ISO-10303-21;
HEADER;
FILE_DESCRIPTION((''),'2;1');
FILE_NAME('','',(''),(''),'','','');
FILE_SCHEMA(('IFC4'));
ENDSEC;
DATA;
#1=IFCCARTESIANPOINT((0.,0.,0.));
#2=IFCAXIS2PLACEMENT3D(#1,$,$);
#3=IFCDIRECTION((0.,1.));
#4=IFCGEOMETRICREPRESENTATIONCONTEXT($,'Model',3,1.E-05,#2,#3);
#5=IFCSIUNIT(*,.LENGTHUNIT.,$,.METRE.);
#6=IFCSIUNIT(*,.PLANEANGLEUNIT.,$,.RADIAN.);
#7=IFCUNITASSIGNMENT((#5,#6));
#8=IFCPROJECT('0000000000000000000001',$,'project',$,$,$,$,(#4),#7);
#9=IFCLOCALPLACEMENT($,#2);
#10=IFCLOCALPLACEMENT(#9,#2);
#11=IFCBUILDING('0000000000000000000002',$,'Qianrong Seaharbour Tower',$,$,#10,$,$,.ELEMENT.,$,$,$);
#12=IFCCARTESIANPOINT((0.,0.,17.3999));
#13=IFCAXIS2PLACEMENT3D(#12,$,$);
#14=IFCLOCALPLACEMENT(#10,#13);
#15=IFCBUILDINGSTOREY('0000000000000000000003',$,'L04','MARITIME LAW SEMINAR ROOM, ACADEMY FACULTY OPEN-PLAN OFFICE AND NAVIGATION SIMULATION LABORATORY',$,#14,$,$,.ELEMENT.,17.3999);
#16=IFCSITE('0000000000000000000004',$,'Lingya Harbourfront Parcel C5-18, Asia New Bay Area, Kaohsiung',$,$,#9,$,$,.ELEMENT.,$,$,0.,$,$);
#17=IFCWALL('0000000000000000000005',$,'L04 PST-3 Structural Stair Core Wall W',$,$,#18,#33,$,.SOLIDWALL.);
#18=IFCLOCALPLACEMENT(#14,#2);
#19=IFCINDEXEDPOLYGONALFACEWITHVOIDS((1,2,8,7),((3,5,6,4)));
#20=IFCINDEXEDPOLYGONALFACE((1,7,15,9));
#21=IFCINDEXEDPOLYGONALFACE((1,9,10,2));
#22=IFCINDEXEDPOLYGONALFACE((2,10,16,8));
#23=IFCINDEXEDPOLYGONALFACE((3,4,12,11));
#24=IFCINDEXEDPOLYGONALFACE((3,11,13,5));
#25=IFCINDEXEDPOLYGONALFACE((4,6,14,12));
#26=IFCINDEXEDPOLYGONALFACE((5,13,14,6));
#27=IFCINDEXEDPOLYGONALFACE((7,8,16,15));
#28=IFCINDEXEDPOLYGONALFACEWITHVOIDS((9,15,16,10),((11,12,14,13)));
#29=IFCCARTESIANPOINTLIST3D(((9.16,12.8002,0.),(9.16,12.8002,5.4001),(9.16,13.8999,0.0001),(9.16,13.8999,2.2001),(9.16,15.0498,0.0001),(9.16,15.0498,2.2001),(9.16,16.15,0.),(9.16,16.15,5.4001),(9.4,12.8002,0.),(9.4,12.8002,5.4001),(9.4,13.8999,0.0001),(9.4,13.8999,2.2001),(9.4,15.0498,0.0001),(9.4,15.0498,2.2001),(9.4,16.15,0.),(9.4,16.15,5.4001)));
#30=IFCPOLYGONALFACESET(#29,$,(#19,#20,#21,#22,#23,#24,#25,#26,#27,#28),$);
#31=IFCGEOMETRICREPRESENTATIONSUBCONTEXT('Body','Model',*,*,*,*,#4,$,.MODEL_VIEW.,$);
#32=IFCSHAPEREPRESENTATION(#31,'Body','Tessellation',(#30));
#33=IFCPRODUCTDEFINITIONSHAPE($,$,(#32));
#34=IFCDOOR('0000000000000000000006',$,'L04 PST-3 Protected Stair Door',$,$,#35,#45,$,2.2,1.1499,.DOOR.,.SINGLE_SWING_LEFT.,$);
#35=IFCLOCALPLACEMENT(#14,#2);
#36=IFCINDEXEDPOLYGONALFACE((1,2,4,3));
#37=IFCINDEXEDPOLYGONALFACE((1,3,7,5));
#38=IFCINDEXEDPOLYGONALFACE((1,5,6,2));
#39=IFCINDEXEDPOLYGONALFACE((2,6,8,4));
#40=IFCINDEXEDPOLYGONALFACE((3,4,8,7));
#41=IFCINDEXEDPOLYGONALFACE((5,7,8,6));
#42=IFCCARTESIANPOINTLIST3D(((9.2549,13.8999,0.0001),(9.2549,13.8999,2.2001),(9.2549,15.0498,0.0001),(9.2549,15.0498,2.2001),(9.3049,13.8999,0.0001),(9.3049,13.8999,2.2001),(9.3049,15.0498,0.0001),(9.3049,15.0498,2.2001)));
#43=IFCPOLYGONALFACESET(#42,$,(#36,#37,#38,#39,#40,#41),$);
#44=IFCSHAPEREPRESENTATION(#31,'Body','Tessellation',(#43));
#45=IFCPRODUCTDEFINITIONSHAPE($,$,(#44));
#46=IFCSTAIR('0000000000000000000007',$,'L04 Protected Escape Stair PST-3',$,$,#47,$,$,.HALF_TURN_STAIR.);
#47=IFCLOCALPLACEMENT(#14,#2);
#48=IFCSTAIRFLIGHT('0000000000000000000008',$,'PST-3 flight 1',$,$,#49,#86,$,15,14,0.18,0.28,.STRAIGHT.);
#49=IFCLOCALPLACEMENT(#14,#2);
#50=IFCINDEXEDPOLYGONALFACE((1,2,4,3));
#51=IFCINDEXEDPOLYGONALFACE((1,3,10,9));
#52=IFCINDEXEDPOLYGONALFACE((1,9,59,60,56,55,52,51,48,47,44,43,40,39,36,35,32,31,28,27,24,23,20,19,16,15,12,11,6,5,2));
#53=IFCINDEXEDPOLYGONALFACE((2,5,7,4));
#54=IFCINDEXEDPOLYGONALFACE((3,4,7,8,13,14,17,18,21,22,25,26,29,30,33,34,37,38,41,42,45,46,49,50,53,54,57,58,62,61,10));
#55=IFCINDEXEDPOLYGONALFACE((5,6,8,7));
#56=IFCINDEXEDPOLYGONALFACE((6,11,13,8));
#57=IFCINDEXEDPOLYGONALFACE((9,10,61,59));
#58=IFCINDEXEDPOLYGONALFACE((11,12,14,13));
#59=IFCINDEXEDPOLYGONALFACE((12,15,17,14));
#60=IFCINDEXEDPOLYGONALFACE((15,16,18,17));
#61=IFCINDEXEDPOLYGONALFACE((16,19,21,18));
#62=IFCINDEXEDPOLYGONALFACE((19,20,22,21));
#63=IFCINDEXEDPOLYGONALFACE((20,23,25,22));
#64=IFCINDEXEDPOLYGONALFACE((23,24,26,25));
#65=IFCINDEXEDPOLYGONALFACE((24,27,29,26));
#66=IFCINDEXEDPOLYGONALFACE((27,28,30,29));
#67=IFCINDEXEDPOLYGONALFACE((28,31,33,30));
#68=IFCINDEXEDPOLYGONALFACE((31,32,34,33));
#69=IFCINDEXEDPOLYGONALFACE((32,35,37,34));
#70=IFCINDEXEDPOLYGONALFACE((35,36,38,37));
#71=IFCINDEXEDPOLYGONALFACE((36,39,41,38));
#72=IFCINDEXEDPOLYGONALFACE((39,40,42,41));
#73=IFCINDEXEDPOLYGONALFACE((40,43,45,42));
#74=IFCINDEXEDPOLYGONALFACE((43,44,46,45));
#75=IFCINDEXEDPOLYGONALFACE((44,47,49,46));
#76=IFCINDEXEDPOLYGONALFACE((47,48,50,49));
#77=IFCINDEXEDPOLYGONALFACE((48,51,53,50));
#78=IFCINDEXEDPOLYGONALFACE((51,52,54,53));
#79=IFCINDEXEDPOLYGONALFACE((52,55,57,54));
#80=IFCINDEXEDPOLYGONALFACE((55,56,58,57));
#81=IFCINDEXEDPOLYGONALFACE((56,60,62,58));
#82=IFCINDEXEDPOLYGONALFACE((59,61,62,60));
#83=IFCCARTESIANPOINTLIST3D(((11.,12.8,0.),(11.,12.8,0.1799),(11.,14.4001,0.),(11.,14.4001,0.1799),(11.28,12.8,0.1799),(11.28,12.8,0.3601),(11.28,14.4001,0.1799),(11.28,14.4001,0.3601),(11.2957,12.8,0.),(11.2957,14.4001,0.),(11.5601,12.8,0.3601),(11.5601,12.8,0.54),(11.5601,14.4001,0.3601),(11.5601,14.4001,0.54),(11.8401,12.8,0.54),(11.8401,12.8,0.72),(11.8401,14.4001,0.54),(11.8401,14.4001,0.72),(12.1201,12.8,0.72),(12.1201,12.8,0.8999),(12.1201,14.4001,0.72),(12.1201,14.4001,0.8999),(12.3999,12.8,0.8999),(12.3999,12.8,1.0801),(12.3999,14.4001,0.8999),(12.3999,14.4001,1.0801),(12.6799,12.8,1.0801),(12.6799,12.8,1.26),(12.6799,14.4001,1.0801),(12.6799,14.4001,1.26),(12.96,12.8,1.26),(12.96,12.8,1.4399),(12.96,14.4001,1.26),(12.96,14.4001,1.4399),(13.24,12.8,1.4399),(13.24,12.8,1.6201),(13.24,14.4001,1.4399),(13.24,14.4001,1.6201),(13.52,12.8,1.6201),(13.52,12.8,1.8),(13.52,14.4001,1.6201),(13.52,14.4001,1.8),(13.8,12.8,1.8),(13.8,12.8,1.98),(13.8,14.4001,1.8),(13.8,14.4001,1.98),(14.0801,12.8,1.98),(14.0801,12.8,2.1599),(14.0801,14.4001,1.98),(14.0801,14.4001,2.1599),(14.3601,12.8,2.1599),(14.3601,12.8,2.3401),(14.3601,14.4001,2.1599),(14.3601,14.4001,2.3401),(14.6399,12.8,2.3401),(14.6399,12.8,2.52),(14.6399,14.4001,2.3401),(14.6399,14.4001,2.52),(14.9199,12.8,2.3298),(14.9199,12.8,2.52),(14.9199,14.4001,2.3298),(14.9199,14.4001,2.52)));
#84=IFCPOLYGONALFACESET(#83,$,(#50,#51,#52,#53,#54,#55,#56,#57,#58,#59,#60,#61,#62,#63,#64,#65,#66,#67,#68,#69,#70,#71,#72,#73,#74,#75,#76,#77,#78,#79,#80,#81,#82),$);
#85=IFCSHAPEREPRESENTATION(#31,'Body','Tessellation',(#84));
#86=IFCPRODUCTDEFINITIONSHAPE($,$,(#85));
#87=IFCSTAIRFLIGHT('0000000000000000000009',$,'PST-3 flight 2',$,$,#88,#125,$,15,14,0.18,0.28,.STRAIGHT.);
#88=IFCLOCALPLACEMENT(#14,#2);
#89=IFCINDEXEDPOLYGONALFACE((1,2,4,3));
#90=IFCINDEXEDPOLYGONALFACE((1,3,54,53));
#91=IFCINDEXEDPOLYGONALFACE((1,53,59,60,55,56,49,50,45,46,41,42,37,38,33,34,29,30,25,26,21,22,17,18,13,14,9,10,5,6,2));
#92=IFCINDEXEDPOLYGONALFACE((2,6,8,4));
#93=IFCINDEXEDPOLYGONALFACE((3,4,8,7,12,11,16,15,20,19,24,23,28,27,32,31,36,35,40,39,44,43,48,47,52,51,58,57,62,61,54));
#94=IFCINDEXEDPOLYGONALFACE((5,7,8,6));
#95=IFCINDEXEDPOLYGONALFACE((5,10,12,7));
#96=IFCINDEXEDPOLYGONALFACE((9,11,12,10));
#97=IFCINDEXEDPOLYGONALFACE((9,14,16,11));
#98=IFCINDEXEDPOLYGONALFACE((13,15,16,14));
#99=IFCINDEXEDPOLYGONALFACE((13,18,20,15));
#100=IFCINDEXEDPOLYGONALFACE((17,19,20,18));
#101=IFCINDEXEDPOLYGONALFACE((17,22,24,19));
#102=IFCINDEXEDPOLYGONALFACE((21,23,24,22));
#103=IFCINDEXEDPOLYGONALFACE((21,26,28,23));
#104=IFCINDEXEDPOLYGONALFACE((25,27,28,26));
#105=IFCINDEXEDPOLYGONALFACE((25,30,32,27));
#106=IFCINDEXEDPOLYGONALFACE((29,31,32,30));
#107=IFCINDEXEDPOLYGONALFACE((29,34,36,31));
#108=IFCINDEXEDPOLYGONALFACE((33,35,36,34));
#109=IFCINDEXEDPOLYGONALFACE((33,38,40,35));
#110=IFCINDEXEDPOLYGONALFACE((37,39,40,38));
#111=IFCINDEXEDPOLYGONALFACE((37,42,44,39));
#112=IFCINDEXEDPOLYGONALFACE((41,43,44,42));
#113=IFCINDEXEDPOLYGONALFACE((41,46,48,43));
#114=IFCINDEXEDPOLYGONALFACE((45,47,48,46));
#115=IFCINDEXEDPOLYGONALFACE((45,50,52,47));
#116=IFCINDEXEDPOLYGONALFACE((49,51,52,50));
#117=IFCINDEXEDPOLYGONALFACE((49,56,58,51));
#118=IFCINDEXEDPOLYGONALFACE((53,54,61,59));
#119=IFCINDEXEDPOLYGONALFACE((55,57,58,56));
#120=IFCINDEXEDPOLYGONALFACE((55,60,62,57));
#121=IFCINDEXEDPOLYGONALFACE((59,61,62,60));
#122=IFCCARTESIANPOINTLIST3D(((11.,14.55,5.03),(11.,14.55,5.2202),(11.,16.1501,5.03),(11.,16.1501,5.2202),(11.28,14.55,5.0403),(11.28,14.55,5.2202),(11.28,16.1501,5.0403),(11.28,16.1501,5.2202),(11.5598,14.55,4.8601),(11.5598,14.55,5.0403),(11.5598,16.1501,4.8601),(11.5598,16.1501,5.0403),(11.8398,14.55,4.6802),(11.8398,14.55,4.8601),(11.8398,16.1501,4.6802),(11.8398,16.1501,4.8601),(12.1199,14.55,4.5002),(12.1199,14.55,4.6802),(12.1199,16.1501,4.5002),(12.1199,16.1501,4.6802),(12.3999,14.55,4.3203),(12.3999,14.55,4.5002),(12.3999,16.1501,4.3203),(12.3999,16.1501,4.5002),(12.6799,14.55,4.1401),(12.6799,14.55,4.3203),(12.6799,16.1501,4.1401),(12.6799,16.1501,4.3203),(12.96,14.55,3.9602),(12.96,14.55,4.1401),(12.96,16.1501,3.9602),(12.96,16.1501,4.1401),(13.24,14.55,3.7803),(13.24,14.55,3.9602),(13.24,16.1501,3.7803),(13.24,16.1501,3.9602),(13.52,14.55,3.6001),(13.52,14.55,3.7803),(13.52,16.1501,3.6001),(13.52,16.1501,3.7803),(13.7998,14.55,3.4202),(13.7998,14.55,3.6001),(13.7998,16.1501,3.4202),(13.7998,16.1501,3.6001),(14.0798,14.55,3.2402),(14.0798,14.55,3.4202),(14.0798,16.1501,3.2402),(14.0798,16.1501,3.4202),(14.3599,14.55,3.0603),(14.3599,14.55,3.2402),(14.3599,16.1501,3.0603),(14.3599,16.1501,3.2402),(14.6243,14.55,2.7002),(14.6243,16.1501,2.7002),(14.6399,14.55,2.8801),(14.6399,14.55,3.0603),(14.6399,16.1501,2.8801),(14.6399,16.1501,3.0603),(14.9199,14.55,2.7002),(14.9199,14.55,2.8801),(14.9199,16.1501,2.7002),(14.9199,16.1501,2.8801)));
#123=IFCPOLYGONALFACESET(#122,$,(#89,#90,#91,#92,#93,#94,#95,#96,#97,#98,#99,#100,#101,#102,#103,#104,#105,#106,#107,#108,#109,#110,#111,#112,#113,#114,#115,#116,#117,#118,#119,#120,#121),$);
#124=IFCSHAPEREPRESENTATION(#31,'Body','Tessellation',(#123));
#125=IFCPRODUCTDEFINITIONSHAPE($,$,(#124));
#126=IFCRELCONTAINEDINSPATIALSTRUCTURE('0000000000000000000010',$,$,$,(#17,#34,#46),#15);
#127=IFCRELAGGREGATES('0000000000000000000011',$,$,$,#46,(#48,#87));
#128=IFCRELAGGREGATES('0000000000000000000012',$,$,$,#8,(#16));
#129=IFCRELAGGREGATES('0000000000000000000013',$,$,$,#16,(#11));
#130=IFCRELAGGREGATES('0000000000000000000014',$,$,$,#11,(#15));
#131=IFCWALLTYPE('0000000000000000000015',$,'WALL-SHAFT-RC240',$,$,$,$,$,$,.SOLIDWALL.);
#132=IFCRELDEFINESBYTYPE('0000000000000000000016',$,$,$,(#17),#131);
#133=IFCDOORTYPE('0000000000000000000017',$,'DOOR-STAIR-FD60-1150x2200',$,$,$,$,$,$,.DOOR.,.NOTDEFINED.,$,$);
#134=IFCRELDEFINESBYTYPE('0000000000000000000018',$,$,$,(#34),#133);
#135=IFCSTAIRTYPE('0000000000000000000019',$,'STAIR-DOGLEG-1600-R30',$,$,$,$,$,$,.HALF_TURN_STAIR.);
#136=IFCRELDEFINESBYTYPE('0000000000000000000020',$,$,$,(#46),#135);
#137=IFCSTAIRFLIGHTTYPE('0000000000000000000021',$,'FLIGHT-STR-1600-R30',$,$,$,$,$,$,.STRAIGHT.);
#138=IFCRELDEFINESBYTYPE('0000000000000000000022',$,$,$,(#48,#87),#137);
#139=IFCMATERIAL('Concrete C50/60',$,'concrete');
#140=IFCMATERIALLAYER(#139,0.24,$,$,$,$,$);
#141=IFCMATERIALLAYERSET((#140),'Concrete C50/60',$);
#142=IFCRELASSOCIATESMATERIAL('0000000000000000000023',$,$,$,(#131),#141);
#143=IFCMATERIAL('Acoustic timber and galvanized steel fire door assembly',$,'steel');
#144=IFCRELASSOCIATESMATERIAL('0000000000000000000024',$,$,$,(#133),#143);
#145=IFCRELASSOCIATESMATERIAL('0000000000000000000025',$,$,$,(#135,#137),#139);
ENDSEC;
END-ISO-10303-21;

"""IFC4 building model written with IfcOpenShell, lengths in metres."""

from ifc_helpers import new_model, si_unit, direction, frame, frame_2d, origin, place, context, subcontext, project, spatial, polyline, rectangle, outline, extrude, material, layer, layer_set, type_object, element, fill, aggregate, save


model = new_model("IFC4")

# Units and contexts
model_context = context("Model", 3, precision=1e-05, world=origin(), true_north=direction((0.0, 1.0)))
body_context = subcontext(model_context, "Body", "Model", "MODEL_VIEW")
ifc_project = project(units=[si_unit("LENGTHUNIT", "METRE"), si_unit("PLANEANGLEUNIT", "RADIAN")], contexts=[model_context])

# Site, building, storey
site_placement = place(None, origin())
site = spatial("IfcSite", under=ifc_project, at=site_placement, Name="Lingya Harbourfront Parcel C5-18, Asia New Bay Area, Kaohsiung", CompositionType="ELEMENT", RefElevation=0.0)
building_placement = place(site_placement, origin())
building = spatial("IfcBuilding", under=site, at=building_placement, Name="Qianrong Seaharbour Tower", CompositionType="ELEMENT")
storey_placement = place(building_placement, frame((0.0, 0.0, 17.3999)))
storey = spatial("IfcBuildingStorey", under=building, at=storey_placement, Name="L04", Description="MARITIME LAW SEMINAR ROOM, ACADEMY FACULTY OPEN-PLAN OFFICE AND NAVIGATION SIMULATION LABORATORY", CompositionType="ELEMENT", Elevation=17.3999)

# Shared definitions
ifc_material_1 = material(Name="Acoustic timber and galvanized steel fire door assembly", Category="steel")

# Shared definitions
ifc_material_2 = material(Name="Concrete C50/60", Category="concrete")
ifc_layer_1 = layer(ifc_material_2, 0.24)
ifc_layer_set_1 = layer_set([ifc_layer_1], Name="Concrete C50/60")
wall_type_1 = type_object("IfcWallType", Name="WALL-SHAFT-RC240", PredefinedType="SOLIDWALL", material=ifc_layer_set_1)

# Wall, opening, door
wall_1_placement = place(storey_placement, frame((9.28, 16.1499, 0.0), z_axis=(0.0, 0.0, 1.0), x_axis=(0.0, -1.0, 0.0)))
wall_1 = element("IfcWall", 1, at=wall_1_placement, inside=storey, type_object=wall_type_1, Name="L04 PST-3 Structural Stair Core Wall W", PredefinedType="SOLIDWALL", context=body_context, shape_type="SweptSolid", body=[
    extrude(rectangle(XDim=3.3499, YDim=0.24, at=frame_2d((1.6748, 0.0))), origin(), (0.0, 0.0, 1.0), 5.4001),
])
opening_1_placement = place(wall_1_placement, frame((1.1001, 0.0, 0.0)))
opening_1 = element("IfcOpeningElement", 2, at=opening_1_placement, cuts=wall_1, PredefinedType="OPENING", context=body_context, shape_type="SweptSolid", body=[
    extrude(rectangle(XDim=1.1499, YDim=2.2, at=frame_2d((0.575, 1.1001))), frame((0.0, 0.1299, 0.0), z_axis=(0.0, -1.0, 0.0), x_axis=(1.0, 0.0, 0.0)), (0.0, 0.0, 1.0), 0.26),
])
door_type_1 = type_object("IfcDoorType", Name="DOOR-STAIR-FD60-1150x2200", OperationType="NOTDEFINED", PredefinedType="DOOR", material=ifc_material_1)
door_1_placement = place(opening_1_placement, origin())
door_1 = element("IfcDoor", 3, at=door_1_placement, inside=storey, type_object=door_type_1, Name="L04 PST-3 Protected Stair Door", OperationType="SINGLE_SWING_LEFT", OverallHeight=2.2, OverallWidth=1.1499, PredefinedType="DOOR", context=body_context, shape_type="SweptSolid", body=[
    extrude(rectangle(XDim=1.1499, YDim=2.2, at=frame_2d((0.575, 1.1001))), frame((0.0, 0.0249, 0.0), z_axis=(0.0, -1.0, 0.0), x_axis=(1.0, 0.0, 0.0)), (0.0, 0.0, 1.0), 0.05),
])
fill(opening_1, door_1)

# Stair, stair flights
stair_type = type_object("IfcStairType", Name="STAIR-DOGLEG-1600-R30", PredefinedType="HALF_TURN_STAIR", material=ifc_material_2)
stair_placement = place(storey_placement, origin())
stair = element("IfcStair", 4, at=stair_placement, inside=storey, type_object=stair_type, Name="L04 Protected Escape Stair PST-3", PredefinedType="HALF_TURN_STAIR")
stair_flight_type = type_object("IfcStairFlightType", Name="FLIGHT-STR-1600-R30", PredefinedType="STRAIGHT", material=ifc_material_2)
stair_flight_1_placement = place(storey_placement, frame((11.0, 13.6001, 0.0), z_axis=(0.0, 0.0, 1.0), x_axis=(1.0, 0.0, 0.0)))
stair_flight_1 = element("IfcStairFlight", 5, at=stair_flight_1_placement, type_object=stair_flight_type, Name="PST-3 flight 1", NumberOfRisers=15, NumberOfTreads=14, PredefinedType="STRAIGHT", RiserHeight=0.18, TreadLength=0.28, context=body_context, shape_type="SweptSolid", body=[
    extrude(outline(polyline([(0.0, 0.0), (0.0, 0.1799), (0.28, 0.1799), (0.28, 0.3601), (0.5601, 0.3601), (0.5601, 0.54), (0.8401, 0.54), (0.8401, 0.72), (1.1201, 0.72), (1.1201, 0.8999), (1.3999, 0.8999), (1.3999, 1.0801), (1.6799, 1.0801), (1.6799, 1.26), (1.96, 1.26), (1.96, 1.4399), (2.24, 1.4399), (2.24, 1.6201), (2.52, 1.6201), (2.52, 1.8), (2.8, 1.8), (2.8, 1.98), (3.0801, 1.98), (3.0801, 2.1599), (3.3601, 2.1599), (3.3601, 2.3401), (3.6399, 2.3401), (3.6399, 2.52), (3.9199, 2.52), (3.9199, 2.7), (3.9199, 2.3298), (0.2957, 0.0), (0.0, 0.0)])), frame((0.0, 0.8, 0.0), z_axis=(0.0, -1.0, 0.0), x_axis=(1.0, 0.0, 0.0)), (0.0, 0.0, 1.0), 1.6001),
])
stair_flight_2_placement = place(storey_placement, frame((14.9199, 15.3501, 2.7002), z_axis=(0.0, 0.0, 1.0), x_axis=(-1.0, 0.0, 0.0)))
stair_flight_2 = element("IfcStairFlight", 6, at=stair_flight_2_placement, type_object=stair_flight_type, Name="PST-3 flight 2", NumberOfRisers=15, NumberOfTreads=14, PredefinedType="STRAIGHT", RiserHeight=0.18, TreadLength=0.28, context=body_context, shape_type="SweptSolid", body=[
    extrude(outline(polyline([(0.0, 0.0), (0.0, 0.1799), (0.28, 0.1799), (0.28, 0.3601), (0.5601, 0.3601), (0.5601, 0.54), (0.8401, 0.54), (0.8401, 0.72), (1.1201, 0.72), (1.1201, 0.8999), (1.3999, 0.8999), (1.3999, 1.0801), (1.6799, 1.0801), (1.6799, 1.26), (1.96, 1.26), (1.96, 1.4399), (2.24, 1.4399), (2.24, 1.6201), (2.52, 1.6201), (2.52, 1.8), (2.8, 1.8), (2.8, 1.98), (3.0801, 1.98), (3.0801, 2.1599), (3.3601, 2.1599), (3.3601, 2.3401), (3.6399, 2.3401), (3.6399, 2.52), (3.9199, 2.52), (3.9199, 2.7), (3.9199, 2.3298), (0.2957, 0.0), (0.0, 0.0)])), frame((0.0, 0.8, 0.0), z_axis=(0.0, -1.0, 0.0), x_axis=(1.0, 0.0, 0.0)), (0.0, 0.0, 1.0), 1.6001),
])
aggregate(stair, [stair_flight_1, stair_flight_2])

save(model, "model.ifc")
